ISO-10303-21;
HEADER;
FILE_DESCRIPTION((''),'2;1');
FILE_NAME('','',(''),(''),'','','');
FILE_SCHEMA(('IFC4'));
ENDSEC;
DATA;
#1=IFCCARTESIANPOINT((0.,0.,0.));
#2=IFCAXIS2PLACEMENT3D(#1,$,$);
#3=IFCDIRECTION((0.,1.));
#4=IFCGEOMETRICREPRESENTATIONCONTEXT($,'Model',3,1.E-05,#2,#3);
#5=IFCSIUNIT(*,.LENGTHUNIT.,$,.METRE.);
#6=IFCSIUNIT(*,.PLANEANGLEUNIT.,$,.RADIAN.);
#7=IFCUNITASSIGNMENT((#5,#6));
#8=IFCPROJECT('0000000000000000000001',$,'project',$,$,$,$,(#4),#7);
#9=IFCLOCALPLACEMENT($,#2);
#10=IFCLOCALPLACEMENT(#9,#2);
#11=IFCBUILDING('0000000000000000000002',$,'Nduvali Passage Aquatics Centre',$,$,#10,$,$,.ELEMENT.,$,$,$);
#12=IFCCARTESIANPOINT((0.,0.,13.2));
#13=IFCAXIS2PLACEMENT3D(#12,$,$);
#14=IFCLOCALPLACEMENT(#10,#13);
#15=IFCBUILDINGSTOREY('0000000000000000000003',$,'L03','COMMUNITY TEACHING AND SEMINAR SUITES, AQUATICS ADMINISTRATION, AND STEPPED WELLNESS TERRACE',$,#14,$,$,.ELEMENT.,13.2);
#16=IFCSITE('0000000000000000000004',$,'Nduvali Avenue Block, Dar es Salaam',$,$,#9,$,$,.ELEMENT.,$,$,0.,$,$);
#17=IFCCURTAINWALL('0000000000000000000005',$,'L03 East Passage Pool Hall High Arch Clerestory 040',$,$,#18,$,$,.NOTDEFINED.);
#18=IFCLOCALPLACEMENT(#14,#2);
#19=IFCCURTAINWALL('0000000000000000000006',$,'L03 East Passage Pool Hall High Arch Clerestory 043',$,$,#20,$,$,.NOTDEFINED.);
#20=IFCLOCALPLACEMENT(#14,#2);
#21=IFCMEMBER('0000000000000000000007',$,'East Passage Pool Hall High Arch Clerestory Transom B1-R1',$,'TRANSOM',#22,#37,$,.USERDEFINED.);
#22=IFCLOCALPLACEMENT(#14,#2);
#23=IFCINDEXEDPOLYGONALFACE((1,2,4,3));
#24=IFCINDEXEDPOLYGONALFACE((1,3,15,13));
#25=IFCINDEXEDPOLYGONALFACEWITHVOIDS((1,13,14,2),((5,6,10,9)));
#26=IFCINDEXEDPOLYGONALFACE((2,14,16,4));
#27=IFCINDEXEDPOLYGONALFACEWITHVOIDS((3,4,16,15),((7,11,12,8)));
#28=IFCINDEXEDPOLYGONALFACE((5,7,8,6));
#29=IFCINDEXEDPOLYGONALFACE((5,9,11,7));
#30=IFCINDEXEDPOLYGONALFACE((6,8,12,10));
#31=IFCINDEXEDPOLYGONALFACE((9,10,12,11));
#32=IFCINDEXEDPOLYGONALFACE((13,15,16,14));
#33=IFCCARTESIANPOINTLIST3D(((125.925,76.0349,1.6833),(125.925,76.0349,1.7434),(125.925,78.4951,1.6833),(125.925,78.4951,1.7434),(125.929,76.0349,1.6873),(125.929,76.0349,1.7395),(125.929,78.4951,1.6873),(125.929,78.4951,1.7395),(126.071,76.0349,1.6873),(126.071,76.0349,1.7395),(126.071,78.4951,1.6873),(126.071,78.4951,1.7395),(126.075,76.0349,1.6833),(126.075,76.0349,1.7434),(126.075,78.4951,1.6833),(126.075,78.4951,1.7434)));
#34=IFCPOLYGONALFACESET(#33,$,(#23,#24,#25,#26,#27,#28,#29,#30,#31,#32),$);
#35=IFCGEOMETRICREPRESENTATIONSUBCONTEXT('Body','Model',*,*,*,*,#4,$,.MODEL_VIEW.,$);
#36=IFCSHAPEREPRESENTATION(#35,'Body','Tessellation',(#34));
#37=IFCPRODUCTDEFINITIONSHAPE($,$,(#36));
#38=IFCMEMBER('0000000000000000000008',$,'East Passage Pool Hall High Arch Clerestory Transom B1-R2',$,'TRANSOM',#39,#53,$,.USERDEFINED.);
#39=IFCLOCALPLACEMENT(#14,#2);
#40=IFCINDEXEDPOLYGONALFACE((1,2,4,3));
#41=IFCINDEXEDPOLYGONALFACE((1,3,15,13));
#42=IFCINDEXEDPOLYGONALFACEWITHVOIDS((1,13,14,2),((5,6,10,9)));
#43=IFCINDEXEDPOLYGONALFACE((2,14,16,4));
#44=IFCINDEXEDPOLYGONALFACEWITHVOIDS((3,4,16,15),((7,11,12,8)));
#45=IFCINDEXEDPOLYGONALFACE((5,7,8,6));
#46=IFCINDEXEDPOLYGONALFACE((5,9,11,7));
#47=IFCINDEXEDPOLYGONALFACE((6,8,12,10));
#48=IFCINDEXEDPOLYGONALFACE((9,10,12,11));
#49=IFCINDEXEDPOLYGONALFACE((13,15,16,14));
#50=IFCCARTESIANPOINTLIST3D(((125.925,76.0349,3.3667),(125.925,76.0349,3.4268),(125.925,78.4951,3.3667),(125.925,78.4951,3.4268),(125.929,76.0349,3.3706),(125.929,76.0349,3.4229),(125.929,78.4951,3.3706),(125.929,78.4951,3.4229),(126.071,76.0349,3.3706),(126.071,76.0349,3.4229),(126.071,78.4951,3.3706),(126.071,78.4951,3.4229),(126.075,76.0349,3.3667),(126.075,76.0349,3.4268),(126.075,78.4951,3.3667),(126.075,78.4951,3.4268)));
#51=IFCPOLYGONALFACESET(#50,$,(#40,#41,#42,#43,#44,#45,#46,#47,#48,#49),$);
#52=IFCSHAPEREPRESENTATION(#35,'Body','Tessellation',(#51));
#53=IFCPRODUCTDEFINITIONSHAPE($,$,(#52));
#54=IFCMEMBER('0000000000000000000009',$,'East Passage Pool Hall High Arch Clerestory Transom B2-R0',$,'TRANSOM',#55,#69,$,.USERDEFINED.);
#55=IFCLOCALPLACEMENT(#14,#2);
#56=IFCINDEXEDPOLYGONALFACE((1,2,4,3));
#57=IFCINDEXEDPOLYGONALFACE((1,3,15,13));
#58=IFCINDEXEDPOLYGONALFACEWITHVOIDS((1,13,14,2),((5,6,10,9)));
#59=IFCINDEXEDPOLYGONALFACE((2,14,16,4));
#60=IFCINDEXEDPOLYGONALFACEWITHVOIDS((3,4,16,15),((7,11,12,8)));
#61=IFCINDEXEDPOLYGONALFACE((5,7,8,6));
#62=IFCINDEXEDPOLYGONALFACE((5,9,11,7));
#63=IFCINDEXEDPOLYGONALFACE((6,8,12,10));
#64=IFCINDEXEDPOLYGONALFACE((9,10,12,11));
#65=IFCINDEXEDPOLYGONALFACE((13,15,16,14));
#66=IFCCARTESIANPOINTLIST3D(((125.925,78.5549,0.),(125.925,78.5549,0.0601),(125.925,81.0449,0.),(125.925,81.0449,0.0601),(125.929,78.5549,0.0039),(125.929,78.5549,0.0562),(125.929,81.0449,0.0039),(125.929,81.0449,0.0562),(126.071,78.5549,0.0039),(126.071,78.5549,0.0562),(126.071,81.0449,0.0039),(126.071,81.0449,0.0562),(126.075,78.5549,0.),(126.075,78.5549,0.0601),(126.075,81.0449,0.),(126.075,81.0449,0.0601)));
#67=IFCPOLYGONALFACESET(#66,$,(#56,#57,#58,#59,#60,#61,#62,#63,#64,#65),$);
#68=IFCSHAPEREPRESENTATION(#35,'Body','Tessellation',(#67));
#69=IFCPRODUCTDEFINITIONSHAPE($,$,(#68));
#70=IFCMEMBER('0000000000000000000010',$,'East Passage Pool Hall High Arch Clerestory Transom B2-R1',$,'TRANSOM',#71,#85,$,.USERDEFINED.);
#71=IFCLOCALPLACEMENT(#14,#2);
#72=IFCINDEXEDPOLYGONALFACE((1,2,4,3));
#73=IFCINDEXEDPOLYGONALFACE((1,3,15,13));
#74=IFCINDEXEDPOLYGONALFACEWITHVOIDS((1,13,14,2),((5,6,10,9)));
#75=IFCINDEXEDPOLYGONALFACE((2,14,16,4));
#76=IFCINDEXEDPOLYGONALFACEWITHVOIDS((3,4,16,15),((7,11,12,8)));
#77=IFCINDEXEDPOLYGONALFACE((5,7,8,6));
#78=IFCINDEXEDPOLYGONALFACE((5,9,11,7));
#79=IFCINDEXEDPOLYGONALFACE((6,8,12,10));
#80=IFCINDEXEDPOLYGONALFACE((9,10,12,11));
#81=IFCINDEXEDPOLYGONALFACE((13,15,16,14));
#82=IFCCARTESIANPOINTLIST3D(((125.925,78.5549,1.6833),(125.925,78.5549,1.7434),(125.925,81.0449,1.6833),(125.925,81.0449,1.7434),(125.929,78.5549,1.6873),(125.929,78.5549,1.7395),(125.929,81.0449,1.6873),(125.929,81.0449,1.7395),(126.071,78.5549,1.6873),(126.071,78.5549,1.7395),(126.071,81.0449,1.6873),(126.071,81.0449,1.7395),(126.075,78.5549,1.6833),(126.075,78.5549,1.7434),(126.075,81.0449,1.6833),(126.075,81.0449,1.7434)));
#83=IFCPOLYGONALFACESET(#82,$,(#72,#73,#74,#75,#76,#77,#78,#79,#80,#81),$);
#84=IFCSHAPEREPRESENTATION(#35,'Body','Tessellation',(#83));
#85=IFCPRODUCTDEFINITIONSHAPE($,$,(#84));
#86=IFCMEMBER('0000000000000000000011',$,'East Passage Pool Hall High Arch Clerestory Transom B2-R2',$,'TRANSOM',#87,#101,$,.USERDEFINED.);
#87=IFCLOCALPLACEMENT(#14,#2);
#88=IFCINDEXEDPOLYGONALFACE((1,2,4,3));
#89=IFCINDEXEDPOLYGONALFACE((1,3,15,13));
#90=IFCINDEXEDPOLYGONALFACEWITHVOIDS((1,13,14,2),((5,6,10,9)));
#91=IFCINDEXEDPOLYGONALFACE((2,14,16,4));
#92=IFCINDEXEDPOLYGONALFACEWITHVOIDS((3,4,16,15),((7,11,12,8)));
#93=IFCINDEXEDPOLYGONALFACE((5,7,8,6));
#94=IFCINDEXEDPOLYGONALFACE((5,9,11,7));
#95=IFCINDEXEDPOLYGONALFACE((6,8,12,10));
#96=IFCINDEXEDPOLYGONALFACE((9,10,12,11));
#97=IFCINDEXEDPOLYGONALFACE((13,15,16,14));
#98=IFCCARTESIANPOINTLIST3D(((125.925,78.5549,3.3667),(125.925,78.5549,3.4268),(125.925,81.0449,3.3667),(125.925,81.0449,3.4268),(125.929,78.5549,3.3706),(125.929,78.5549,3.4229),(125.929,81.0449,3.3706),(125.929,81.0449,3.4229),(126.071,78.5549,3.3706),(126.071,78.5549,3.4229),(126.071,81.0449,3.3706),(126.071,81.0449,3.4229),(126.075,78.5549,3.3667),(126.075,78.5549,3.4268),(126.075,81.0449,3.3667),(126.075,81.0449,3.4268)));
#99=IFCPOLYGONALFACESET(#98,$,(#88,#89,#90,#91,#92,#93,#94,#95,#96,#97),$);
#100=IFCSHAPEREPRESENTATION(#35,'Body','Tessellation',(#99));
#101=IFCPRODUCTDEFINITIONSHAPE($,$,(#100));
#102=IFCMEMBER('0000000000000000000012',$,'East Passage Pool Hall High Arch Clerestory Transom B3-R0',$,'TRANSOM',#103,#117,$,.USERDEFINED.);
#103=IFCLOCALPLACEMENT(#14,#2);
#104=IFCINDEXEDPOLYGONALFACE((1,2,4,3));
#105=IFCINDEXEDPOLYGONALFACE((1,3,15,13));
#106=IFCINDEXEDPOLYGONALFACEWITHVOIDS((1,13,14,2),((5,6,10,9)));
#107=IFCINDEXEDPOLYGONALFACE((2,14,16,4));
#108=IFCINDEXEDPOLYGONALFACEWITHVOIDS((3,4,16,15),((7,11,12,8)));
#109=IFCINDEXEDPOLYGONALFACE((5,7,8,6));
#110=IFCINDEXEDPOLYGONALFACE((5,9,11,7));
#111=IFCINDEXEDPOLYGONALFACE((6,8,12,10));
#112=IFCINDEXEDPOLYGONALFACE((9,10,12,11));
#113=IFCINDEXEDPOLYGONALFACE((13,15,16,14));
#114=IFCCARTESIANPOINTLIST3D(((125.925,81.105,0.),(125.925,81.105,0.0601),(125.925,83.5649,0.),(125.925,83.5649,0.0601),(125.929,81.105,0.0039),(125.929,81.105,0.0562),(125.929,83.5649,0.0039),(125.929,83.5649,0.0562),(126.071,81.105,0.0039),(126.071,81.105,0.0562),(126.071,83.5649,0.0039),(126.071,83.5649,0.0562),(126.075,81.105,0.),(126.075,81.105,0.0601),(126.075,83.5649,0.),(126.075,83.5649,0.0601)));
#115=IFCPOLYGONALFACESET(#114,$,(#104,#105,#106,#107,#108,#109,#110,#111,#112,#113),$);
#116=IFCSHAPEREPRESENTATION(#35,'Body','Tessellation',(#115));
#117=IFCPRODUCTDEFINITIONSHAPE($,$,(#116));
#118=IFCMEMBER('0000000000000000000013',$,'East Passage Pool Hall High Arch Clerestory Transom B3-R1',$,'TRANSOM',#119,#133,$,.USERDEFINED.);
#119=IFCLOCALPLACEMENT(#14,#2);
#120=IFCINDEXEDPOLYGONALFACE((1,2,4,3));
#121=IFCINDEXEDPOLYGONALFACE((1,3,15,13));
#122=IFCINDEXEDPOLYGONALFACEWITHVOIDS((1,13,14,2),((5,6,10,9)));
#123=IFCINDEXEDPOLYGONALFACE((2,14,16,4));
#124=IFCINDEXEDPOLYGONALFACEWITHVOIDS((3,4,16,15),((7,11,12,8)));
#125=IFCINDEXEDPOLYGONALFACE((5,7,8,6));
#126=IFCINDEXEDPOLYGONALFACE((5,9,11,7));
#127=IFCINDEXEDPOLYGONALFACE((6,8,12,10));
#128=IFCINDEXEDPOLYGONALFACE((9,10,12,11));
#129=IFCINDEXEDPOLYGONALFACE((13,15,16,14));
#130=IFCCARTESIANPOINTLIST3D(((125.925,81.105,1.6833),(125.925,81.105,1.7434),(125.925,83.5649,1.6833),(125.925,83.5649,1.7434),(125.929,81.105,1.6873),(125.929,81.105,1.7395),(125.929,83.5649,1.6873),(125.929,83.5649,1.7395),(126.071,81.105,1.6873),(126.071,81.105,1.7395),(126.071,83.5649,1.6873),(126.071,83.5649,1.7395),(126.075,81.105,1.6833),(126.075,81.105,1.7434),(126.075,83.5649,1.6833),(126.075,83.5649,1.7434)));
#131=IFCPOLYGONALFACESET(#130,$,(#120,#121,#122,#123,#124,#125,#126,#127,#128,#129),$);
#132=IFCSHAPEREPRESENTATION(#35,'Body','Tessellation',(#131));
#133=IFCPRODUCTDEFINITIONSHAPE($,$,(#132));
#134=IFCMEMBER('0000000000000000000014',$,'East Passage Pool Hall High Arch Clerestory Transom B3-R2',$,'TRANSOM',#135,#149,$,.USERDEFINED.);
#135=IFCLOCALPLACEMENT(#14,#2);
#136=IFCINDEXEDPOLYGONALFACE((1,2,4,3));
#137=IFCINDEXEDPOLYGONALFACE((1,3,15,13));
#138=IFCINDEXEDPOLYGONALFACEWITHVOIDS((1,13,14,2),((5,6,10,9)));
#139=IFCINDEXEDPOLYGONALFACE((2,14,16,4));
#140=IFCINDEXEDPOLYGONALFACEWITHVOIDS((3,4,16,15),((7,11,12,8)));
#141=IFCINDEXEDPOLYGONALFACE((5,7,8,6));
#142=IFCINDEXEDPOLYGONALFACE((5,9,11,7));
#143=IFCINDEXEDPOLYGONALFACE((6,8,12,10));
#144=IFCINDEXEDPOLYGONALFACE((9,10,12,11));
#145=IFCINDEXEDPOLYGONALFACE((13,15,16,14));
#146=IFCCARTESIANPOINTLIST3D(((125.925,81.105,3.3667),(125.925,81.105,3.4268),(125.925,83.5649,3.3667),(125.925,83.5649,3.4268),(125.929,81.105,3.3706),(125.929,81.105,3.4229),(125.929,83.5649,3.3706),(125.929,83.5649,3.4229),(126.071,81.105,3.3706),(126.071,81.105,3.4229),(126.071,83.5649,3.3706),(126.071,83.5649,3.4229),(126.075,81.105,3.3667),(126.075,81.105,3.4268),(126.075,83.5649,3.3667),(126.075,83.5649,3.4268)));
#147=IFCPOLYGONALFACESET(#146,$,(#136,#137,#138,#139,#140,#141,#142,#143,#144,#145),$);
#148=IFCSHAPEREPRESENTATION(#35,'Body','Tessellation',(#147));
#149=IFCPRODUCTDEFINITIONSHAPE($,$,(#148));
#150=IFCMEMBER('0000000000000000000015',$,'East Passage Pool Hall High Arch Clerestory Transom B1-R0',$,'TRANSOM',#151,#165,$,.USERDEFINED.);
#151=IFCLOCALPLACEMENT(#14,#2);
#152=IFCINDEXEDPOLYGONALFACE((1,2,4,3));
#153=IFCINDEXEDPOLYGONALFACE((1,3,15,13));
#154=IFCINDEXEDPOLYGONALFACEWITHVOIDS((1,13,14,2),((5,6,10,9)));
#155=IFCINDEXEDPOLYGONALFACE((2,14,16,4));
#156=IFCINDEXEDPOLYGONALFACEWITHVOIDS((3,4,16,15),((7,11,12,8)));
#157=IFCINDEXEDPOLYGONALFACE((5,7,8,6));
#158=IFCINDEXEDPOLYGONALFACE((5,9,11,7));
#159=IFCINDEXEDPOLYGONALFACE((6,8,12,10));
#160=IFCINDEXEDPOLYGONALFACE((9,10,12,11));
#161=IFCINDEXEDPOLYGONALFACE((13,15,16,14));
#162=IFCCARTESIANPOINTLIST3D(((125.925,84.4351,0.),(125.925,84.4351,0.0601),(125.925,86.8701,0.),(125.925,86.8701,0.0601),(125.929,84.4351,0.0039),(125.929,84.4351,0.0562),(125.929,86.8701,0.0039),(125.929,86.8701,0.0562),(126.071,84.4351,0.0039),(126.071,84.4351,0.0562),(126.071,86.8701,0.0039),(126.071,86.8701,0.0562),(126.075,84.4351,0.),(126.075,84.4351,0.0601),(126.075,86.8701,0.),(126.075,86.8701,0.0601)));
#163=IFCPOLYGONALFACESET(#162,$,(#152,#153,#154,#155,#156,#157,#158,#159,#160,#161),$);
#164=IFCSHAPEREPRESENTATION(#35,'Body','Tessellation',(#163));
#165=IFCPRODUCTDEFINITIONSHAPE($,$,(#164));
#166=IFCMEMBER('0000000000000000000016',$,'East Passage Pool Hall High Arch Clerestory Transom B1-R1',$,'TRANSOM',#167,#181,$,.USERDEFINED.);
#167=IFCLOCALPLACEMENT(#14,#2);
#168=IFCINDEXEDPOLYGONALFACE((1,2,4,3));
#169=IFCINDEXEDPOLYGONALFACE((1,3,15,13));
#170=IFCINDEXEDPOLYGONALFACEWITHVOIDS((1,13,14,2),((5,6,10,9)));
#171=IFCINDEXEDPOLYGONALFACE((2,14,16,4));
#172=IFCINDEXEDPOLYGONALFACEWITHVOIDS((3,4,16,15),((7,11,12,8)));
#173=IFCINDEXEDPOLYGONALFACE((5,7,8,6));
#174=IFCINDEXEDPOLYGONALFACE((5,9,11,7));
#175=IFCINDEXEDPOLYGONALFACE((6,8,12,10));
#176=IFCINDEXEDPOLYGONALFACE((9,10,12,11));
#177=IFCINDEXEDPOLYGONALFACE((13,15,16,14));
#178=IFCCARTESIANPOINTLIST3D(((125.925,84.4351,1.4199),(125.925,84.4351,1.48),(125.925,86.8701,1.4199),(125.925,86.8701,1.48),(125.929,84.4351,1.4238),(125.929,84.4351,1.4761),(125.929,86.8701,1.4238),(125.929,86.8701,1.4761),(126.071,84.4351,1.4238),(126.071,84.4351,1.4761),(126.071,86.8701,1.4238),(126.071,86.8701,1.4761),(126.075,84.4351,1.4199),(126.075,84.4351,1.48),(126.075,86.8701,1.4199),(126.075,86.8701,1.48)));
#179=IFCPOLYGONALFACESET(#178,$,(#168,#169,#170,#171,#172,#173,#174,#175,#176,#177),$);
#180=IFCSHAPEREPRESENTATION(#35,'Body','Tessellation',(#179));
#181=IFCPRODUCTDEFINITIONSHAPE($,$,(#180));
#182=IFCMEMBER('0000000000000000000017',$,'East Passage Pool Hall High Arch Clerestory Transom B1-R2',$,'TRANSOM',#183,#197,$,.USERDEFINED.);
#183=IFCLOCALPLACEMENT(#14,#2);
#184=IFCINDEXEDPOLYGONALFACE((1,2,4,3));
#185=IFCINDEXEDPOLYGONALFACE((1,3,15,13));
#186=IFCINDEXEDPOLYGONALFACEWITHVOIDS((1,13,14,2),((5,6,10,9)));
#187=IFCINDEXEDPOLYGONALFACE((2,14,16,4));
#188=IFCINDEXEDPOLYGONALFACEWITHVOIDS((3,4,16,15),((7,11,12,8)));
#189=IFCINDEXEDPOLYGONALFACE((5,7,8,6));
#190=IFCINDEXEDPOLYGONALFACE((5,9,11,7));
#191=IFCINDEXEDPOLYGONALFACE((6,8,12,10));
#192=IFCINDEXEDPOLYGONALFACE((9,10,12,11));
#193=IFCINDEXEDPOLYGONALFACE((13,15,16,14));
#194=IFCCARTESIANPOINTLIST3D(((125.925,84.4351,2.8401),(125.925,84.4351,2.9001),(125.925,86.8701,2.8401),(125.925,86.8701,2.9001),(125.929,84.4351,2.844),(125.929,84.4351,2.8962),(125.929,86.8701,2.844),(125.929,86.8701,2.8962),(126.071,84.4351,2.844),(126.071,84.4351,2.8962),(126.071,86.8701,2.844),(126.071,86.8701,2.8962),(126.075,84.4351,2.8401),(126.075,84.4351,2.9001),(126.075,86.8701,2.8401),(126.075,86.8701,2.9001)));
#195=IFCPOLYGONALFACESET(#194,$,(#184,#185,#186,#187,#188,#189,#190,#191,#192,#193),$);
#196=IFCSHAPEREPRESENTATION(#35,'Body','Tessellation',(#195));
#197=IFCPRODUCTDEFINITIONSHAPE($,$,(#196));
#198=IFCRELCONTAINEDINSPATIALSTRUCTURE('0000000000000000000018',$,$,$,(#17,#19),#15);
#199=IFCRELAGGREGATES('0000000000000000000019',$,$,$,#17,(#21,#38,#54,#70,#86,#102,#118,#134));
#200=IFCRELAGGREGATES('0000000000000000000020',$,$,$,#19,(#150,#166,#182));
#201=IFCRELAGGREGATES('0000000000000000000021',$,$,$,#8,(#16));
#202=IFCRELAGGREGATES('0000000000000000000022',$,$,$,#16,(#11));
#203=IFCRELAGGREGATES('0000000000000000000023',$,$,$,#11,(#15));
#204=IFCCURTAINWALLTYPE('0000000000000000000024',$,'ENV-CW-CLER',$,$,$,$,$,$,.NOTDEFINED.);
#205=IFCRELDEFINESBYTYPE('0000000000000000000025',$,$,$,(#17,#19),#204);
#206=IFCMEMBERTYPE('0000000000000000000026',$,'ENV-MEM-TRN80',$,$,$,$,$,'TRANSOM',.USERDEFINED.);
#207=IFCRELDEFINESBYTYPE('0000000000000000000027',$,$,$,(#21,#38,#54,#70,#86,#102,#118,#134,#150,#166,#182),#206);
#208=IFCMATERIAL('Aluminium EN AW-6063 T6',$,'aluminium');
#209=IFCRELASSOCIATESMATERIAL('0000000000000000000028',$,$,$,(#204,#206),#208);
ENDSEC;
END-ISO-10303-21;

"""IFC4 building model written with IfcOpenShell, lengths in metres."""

from ifc_helpers import new_model, si_unit, direction, frame, origin, origin_2d, place, context, subcontext, project, spatial, hollow_rectangle, extrude, material, material_profile, profile_set, type_object, element, aggregate, save


model = new_model("IFC4")

# Units and contexts
model_context = context("Model", 3, precision=1e-05, world=origin(), true_north=direction((0.0, 1.0)))
body_context = subcontext(model_context, "Body", "Model", "MODEL_VIEW")
ifc_project = project(units=[si_unit("LENGTHUNIT", "METRE"), si_unit("PLANEANGLEUNIT", "RADIAN")], contexts=[model_context])

# Site, building, storey
site_placement = place(None, origin())
site = spatial("IfcSite", under=ifc_project, at=site_placement, Name="Nduvali Avenue Block, Dar es Salaam", CompositionType="ELEMENT", RefElevation=0.0)
building_placement = place(site_placement, origin())
building = spatial("IfcBuilding", under=site, at=building_placement, Name="Nduvali Passage Aquatics Centre", CompositionType="ELEMENT")
storey_placement = place(building_placement, frame((0.0, 0.0, 13.2)))
storey = spatial("IfcBuildingStorey", under=building, at=storey_placement, Name="L03", Description="COMMUNITY TEACHING AND SEMINAR SUITES, AQUATICS ADMINISTRATION, AND STEPPED WELLNESS TERRACE", CompositionType="ELEMENT", Elevation=13.2)

# Shared definitions
ifc_material_1 = material(Name="Aluminium EN AW-6063 T6", Category="aluminium")
curtain_wall_type = type_object("IfcCurtainWallType", Name="ENV-CW-CLER", PredefinedType="NOTDEFINED", material=ifc_material_1)

# Curtain wall
curtain_wall_1_placement = place(storey_placement, origin())
curtain_wall_1 = element("IfcCurtainWall", 1, at=curtain_wall_1_placement, inside=storey, type_object=curtain_wall_type, Name="L03 East Passage Pool Hall High Arch Clerestory 040", PredefinedType="NOTDEFINED")

# Curtain wall
curtain_wall_2_placement = place(storey_placement, origin())
curtain_wall_2 = element("IfcCurtainWall", 2, at=curtain_wall_2_placement, inside=storey, type_object=curtain_wall_type, Name="L03 East Passage Pool Hall High Arch Clerestory 043", PredefinedType="NOTDEFINED")

# Members
ifc_material_profile_1 = material_profile(ifc_material_1, hollow_rectangle(XDim=0.1499, YDim=0.0601, WallThickness=0.0039, at=origin_2d()), Name="ALU TRANSOM 150x60x4")
ifc_profile_set_1 = profile_set([ifc_material_profile_1], Name="Aluminium EN AW-6063 T6")
member_type_1 = type_object("IfcMemberType", Name="ENV-MEM-TRN80", ElementType="TRANSOM", PredefinedType="USERDEFINED", material=ifc_profile_set_1)
member_1_placement = place(storey_placement, frame((126.0, 76.0349, 1.7134), z_axis=(0.0, 1.0, 0.0), x_axis=(-1.0, 0.0, 0.0)))
member_1 = element("IfcMember", 3, at=member_1_placement, type_object=member_type_1, Name="East Passage Pool Hall High Arch Clerestory Transom B1-R1", ObjectType="TRANSOM", PredefinedType="USERDEFINED", context=body_context, shape_type="SweptSolid", body=[
    extrude(hollow_rectangle(XDim=0.1499, YDim=0.0601, WallThickness=0.0039, at=origin_2d()), origin(), (0.0, 0.0, 1.0), 2.4602),
])
member_2_placement = place(storey_placement, frame((126.0, 76.0349, 3.3967), z_axis=(0.0, 1.0, 0.0), x_axis=(-1.0, 0.0, 0.0)))
member_2 = element("IfcMember", 4, at=member_2_placement, type_object=member_type_1, Name="East Passage Pool Hall High Arch Clerestory Transom B1-R2", ObjectType="TRANSOM", PredefinedType="USERDEFINED", context=body_context, shape_type="SweptSolid", body=[
    extrude(hollow_rectangle(XDim=0.1499, YDim=0.0601, WallThickness=0.0039, at=origin_2d()), origin(), (0.0, 0.0, 1.0), 2.4602),
])
member_3_placement = place(storey_placement, frame((126.0, 78.5549, 0.03), z_axis=(0.0, 1.0, 0.0), x_axis=(-1.0, 0.0, 0.0)))
member_3 = element("IfcMember", 5, at=member_3_placement, type_object=member_type_1, Name="East Passage Pool Hall High Arch Clerestory Transom B2-R0", ObjectType="TRANSOM", PredefinedType="USERDEFINED", context=body_context, shape_type="SweptSolid", body=[
    extrude(hollow_rectangle(XDim=0.1499, YDim=0.0601, WallThickness=0.0039, at=origin_2d()), origin(), (0.0, 0.0, 1.0), 2.49),
])
member_4_placement = place(storey_placement, frame((126.0, 78.5549, 1.7134), z_axis=(0.0, 1.0, 0.0), x_axis=(-1.0, 0.0, 0.0)))
member_4 = element("IfcMember", 6, at=member_4_placement, type_object=member_type_1, Name="East Passage Pool Hall High Arch Clerestory Transom B2-R1", ObjectType="TRANSOM", PredefinedType="USERDEFINED", context=body_context, shape_type="SweptSolid", body=[
    extrude(hollow_rectangle(XDim=0.1499, YDim=0.0601, WallThickness=0.0039, at=origin_2d()), origin(), (0.0, 0.0, 1.0), 2.49),
])
member_5_placement = place(storey_placement, frame((126.0, 78.5549, 3.3967), z_axis=(0.0, 1.0, 0.0), x_axis=(-1.0, 0.0, 0.0)))
member_5 = element("IfcMember", 7, at=member_5_placement, type_object=member_type_1, Name="East Passage Pool Hall High Arch Clerestory Transom B2-R2", ObjectType="TRANSOM", PredefinedType="USERDEFINED", context=body_context, shape_type="SweptSolid", body=[
    extrude(hollow_rectangle(XDim=0.1499, YDim=0.0601, WallThickness=0.0039, at=origin_2d()), origin(), (0.0, 0.0, 1.0), 2.49),
])
member_6_placement = place(storey_placement, frame((126.0, 81.105, 0.03), z_axis=(0.0, 1.0, 0.0), x_axis=(-1.0, 0.0, 0.0)))
member_6 = element("IfcMember", 8, at=member_6_placement, type_object=member_type_1, Name="East Passage Pool Hall High Arch Clerestory Transom B3-R0", ObjectType="TRANSOM", PredefinedType="USERDEFINED", context=body_context, shape_type="SweptSolid", body=[
    extrude(hollow_rectangle(XDim=0.1499, YDim=0.0601, WallThickness=0.0039, at=origin_2d()), origin(), (0.0, 0.0, 1.0), 2.46),
])
member_7_placement = place(storey_placement, frame((126.0, 81.105, 1.7134), z_axis=(0.0, 1.0, 0.0), x_axis=(-1.0, 0.0, 0.0)))
member_7 = element("IfcMember", 9, at=member_7_placement, type_object=member_type_1, Name="East Passage Pool Hall High Arch Clerestory Transom B3-R1", ObjectType="TRANSOM", PredefinedType="USERDEFINED", context=body_context, shape_type="SweptSolid", body=[
    extrude(hollow_rectangle(XDim=0.1499, YDim=0.0601, WallThickness=0.0039, at=origin_2d()), origin(), (0.0, 0.0, 1.0), 2.46),
])
member_8_placement = place(storey_placement, frame((126.0, 81.105, 3.3967), z_axis=(0.0, 1.0, 0.0), x_axis=(-1.0, 0.0, 0.0)))
member_8 = element("IfcMember", 10, at=member_8_placement, type_object=member_type_1, Name="East Passage Pool Hall High Arch Clerestory Transom B3-R2", ObjectType="TRANSOM", PredefinedType="USERDEFINED", context=body_context, shape_type="SweptSolid", body=[
    extrude(hollow_rectangle(XDim=0.1499, YDim=0.0601, WallThickness=0.0039, at=origin_2d()), origin(), (0.0, 0.0, 1.0), 2.46),
])
member_9_placement = place(storey_placement, frame((126.0, 84.4351, 0.03), z_axis=(0.0, 1.0, 0.0), x_axis=(-1.0, 0.0, 0.0)))
member_9 = element("IfcMember", 11, at=member_9_placement, type_object=member_type_1, Name="East Passage Pool Hall High Arch Clerestory Transom B1-R0", ObjectType="TRANSOM", PredefinedType="USERDEFINED", context=body_context, shape_type="SweptSolid", body=[
    extrude(hollow_rectangle(XDim=0.1499, YDim=0.0601, WallThickness=0.0039, at=origin_2d()), origin(), (0.0, 0.0, 1.0), 2.4351),
])
member_10_placement = place(storey_placement, frame((126.0, 84.4351, 1.45), z_axis=(0.0, 1.0, 0.0), x_axis=(-1.0, 0.0, 0.0)))
member_10 = element("IfcMember", 12, at=member_10_placement, type_object=member_type_1, Name="East Passage Pool Hall High Arch Clerestory Transom B1-R1", ObjectType="TRANSOM", PredefinedType="USERDEFINED", context=body_context, shape_type="SweptSolid", body=[
    extrude(hollow_rectangle(XDim=0.1499, YDim=0.0601, WallThickness=0.0039, at=origin_2d()), origin(), (0.0, 0.0, 1.0), 2.4351),
])
member_11_placement = place(storey_placement, frame((126.0, 84.4351, 2.8701), z_axis=(0.0, 1.0, 0.0), x_axis=(-1.0, 0.0, 0.0)))
member_11 = element("IfcMember", 13, at=member_11_placement, type_object=member_type_1, Name="East Passage Pool Hall High Arch Clerestory Transom B1-R2", ObjectType="TRANSOM", PredefinedType="USERDEFINED", context=body_context, shape_type="SweptSolid", body=[
    extrude(hollow_rectangle(XDim=0.1499, YDim=0.0601, WallThickness=0.0039, at=origin_2d()), origin(), (0.0, 0.0, 1.0), 2.4351),
])

aggregate(curtain_wall_1, [member_1, member_2, member_3, member_4, member_5, member_6, member_7, member_8])
aggregate(curtain_wall_2, [member_9, member_10, member_11])

save(model, "model.ifc")
